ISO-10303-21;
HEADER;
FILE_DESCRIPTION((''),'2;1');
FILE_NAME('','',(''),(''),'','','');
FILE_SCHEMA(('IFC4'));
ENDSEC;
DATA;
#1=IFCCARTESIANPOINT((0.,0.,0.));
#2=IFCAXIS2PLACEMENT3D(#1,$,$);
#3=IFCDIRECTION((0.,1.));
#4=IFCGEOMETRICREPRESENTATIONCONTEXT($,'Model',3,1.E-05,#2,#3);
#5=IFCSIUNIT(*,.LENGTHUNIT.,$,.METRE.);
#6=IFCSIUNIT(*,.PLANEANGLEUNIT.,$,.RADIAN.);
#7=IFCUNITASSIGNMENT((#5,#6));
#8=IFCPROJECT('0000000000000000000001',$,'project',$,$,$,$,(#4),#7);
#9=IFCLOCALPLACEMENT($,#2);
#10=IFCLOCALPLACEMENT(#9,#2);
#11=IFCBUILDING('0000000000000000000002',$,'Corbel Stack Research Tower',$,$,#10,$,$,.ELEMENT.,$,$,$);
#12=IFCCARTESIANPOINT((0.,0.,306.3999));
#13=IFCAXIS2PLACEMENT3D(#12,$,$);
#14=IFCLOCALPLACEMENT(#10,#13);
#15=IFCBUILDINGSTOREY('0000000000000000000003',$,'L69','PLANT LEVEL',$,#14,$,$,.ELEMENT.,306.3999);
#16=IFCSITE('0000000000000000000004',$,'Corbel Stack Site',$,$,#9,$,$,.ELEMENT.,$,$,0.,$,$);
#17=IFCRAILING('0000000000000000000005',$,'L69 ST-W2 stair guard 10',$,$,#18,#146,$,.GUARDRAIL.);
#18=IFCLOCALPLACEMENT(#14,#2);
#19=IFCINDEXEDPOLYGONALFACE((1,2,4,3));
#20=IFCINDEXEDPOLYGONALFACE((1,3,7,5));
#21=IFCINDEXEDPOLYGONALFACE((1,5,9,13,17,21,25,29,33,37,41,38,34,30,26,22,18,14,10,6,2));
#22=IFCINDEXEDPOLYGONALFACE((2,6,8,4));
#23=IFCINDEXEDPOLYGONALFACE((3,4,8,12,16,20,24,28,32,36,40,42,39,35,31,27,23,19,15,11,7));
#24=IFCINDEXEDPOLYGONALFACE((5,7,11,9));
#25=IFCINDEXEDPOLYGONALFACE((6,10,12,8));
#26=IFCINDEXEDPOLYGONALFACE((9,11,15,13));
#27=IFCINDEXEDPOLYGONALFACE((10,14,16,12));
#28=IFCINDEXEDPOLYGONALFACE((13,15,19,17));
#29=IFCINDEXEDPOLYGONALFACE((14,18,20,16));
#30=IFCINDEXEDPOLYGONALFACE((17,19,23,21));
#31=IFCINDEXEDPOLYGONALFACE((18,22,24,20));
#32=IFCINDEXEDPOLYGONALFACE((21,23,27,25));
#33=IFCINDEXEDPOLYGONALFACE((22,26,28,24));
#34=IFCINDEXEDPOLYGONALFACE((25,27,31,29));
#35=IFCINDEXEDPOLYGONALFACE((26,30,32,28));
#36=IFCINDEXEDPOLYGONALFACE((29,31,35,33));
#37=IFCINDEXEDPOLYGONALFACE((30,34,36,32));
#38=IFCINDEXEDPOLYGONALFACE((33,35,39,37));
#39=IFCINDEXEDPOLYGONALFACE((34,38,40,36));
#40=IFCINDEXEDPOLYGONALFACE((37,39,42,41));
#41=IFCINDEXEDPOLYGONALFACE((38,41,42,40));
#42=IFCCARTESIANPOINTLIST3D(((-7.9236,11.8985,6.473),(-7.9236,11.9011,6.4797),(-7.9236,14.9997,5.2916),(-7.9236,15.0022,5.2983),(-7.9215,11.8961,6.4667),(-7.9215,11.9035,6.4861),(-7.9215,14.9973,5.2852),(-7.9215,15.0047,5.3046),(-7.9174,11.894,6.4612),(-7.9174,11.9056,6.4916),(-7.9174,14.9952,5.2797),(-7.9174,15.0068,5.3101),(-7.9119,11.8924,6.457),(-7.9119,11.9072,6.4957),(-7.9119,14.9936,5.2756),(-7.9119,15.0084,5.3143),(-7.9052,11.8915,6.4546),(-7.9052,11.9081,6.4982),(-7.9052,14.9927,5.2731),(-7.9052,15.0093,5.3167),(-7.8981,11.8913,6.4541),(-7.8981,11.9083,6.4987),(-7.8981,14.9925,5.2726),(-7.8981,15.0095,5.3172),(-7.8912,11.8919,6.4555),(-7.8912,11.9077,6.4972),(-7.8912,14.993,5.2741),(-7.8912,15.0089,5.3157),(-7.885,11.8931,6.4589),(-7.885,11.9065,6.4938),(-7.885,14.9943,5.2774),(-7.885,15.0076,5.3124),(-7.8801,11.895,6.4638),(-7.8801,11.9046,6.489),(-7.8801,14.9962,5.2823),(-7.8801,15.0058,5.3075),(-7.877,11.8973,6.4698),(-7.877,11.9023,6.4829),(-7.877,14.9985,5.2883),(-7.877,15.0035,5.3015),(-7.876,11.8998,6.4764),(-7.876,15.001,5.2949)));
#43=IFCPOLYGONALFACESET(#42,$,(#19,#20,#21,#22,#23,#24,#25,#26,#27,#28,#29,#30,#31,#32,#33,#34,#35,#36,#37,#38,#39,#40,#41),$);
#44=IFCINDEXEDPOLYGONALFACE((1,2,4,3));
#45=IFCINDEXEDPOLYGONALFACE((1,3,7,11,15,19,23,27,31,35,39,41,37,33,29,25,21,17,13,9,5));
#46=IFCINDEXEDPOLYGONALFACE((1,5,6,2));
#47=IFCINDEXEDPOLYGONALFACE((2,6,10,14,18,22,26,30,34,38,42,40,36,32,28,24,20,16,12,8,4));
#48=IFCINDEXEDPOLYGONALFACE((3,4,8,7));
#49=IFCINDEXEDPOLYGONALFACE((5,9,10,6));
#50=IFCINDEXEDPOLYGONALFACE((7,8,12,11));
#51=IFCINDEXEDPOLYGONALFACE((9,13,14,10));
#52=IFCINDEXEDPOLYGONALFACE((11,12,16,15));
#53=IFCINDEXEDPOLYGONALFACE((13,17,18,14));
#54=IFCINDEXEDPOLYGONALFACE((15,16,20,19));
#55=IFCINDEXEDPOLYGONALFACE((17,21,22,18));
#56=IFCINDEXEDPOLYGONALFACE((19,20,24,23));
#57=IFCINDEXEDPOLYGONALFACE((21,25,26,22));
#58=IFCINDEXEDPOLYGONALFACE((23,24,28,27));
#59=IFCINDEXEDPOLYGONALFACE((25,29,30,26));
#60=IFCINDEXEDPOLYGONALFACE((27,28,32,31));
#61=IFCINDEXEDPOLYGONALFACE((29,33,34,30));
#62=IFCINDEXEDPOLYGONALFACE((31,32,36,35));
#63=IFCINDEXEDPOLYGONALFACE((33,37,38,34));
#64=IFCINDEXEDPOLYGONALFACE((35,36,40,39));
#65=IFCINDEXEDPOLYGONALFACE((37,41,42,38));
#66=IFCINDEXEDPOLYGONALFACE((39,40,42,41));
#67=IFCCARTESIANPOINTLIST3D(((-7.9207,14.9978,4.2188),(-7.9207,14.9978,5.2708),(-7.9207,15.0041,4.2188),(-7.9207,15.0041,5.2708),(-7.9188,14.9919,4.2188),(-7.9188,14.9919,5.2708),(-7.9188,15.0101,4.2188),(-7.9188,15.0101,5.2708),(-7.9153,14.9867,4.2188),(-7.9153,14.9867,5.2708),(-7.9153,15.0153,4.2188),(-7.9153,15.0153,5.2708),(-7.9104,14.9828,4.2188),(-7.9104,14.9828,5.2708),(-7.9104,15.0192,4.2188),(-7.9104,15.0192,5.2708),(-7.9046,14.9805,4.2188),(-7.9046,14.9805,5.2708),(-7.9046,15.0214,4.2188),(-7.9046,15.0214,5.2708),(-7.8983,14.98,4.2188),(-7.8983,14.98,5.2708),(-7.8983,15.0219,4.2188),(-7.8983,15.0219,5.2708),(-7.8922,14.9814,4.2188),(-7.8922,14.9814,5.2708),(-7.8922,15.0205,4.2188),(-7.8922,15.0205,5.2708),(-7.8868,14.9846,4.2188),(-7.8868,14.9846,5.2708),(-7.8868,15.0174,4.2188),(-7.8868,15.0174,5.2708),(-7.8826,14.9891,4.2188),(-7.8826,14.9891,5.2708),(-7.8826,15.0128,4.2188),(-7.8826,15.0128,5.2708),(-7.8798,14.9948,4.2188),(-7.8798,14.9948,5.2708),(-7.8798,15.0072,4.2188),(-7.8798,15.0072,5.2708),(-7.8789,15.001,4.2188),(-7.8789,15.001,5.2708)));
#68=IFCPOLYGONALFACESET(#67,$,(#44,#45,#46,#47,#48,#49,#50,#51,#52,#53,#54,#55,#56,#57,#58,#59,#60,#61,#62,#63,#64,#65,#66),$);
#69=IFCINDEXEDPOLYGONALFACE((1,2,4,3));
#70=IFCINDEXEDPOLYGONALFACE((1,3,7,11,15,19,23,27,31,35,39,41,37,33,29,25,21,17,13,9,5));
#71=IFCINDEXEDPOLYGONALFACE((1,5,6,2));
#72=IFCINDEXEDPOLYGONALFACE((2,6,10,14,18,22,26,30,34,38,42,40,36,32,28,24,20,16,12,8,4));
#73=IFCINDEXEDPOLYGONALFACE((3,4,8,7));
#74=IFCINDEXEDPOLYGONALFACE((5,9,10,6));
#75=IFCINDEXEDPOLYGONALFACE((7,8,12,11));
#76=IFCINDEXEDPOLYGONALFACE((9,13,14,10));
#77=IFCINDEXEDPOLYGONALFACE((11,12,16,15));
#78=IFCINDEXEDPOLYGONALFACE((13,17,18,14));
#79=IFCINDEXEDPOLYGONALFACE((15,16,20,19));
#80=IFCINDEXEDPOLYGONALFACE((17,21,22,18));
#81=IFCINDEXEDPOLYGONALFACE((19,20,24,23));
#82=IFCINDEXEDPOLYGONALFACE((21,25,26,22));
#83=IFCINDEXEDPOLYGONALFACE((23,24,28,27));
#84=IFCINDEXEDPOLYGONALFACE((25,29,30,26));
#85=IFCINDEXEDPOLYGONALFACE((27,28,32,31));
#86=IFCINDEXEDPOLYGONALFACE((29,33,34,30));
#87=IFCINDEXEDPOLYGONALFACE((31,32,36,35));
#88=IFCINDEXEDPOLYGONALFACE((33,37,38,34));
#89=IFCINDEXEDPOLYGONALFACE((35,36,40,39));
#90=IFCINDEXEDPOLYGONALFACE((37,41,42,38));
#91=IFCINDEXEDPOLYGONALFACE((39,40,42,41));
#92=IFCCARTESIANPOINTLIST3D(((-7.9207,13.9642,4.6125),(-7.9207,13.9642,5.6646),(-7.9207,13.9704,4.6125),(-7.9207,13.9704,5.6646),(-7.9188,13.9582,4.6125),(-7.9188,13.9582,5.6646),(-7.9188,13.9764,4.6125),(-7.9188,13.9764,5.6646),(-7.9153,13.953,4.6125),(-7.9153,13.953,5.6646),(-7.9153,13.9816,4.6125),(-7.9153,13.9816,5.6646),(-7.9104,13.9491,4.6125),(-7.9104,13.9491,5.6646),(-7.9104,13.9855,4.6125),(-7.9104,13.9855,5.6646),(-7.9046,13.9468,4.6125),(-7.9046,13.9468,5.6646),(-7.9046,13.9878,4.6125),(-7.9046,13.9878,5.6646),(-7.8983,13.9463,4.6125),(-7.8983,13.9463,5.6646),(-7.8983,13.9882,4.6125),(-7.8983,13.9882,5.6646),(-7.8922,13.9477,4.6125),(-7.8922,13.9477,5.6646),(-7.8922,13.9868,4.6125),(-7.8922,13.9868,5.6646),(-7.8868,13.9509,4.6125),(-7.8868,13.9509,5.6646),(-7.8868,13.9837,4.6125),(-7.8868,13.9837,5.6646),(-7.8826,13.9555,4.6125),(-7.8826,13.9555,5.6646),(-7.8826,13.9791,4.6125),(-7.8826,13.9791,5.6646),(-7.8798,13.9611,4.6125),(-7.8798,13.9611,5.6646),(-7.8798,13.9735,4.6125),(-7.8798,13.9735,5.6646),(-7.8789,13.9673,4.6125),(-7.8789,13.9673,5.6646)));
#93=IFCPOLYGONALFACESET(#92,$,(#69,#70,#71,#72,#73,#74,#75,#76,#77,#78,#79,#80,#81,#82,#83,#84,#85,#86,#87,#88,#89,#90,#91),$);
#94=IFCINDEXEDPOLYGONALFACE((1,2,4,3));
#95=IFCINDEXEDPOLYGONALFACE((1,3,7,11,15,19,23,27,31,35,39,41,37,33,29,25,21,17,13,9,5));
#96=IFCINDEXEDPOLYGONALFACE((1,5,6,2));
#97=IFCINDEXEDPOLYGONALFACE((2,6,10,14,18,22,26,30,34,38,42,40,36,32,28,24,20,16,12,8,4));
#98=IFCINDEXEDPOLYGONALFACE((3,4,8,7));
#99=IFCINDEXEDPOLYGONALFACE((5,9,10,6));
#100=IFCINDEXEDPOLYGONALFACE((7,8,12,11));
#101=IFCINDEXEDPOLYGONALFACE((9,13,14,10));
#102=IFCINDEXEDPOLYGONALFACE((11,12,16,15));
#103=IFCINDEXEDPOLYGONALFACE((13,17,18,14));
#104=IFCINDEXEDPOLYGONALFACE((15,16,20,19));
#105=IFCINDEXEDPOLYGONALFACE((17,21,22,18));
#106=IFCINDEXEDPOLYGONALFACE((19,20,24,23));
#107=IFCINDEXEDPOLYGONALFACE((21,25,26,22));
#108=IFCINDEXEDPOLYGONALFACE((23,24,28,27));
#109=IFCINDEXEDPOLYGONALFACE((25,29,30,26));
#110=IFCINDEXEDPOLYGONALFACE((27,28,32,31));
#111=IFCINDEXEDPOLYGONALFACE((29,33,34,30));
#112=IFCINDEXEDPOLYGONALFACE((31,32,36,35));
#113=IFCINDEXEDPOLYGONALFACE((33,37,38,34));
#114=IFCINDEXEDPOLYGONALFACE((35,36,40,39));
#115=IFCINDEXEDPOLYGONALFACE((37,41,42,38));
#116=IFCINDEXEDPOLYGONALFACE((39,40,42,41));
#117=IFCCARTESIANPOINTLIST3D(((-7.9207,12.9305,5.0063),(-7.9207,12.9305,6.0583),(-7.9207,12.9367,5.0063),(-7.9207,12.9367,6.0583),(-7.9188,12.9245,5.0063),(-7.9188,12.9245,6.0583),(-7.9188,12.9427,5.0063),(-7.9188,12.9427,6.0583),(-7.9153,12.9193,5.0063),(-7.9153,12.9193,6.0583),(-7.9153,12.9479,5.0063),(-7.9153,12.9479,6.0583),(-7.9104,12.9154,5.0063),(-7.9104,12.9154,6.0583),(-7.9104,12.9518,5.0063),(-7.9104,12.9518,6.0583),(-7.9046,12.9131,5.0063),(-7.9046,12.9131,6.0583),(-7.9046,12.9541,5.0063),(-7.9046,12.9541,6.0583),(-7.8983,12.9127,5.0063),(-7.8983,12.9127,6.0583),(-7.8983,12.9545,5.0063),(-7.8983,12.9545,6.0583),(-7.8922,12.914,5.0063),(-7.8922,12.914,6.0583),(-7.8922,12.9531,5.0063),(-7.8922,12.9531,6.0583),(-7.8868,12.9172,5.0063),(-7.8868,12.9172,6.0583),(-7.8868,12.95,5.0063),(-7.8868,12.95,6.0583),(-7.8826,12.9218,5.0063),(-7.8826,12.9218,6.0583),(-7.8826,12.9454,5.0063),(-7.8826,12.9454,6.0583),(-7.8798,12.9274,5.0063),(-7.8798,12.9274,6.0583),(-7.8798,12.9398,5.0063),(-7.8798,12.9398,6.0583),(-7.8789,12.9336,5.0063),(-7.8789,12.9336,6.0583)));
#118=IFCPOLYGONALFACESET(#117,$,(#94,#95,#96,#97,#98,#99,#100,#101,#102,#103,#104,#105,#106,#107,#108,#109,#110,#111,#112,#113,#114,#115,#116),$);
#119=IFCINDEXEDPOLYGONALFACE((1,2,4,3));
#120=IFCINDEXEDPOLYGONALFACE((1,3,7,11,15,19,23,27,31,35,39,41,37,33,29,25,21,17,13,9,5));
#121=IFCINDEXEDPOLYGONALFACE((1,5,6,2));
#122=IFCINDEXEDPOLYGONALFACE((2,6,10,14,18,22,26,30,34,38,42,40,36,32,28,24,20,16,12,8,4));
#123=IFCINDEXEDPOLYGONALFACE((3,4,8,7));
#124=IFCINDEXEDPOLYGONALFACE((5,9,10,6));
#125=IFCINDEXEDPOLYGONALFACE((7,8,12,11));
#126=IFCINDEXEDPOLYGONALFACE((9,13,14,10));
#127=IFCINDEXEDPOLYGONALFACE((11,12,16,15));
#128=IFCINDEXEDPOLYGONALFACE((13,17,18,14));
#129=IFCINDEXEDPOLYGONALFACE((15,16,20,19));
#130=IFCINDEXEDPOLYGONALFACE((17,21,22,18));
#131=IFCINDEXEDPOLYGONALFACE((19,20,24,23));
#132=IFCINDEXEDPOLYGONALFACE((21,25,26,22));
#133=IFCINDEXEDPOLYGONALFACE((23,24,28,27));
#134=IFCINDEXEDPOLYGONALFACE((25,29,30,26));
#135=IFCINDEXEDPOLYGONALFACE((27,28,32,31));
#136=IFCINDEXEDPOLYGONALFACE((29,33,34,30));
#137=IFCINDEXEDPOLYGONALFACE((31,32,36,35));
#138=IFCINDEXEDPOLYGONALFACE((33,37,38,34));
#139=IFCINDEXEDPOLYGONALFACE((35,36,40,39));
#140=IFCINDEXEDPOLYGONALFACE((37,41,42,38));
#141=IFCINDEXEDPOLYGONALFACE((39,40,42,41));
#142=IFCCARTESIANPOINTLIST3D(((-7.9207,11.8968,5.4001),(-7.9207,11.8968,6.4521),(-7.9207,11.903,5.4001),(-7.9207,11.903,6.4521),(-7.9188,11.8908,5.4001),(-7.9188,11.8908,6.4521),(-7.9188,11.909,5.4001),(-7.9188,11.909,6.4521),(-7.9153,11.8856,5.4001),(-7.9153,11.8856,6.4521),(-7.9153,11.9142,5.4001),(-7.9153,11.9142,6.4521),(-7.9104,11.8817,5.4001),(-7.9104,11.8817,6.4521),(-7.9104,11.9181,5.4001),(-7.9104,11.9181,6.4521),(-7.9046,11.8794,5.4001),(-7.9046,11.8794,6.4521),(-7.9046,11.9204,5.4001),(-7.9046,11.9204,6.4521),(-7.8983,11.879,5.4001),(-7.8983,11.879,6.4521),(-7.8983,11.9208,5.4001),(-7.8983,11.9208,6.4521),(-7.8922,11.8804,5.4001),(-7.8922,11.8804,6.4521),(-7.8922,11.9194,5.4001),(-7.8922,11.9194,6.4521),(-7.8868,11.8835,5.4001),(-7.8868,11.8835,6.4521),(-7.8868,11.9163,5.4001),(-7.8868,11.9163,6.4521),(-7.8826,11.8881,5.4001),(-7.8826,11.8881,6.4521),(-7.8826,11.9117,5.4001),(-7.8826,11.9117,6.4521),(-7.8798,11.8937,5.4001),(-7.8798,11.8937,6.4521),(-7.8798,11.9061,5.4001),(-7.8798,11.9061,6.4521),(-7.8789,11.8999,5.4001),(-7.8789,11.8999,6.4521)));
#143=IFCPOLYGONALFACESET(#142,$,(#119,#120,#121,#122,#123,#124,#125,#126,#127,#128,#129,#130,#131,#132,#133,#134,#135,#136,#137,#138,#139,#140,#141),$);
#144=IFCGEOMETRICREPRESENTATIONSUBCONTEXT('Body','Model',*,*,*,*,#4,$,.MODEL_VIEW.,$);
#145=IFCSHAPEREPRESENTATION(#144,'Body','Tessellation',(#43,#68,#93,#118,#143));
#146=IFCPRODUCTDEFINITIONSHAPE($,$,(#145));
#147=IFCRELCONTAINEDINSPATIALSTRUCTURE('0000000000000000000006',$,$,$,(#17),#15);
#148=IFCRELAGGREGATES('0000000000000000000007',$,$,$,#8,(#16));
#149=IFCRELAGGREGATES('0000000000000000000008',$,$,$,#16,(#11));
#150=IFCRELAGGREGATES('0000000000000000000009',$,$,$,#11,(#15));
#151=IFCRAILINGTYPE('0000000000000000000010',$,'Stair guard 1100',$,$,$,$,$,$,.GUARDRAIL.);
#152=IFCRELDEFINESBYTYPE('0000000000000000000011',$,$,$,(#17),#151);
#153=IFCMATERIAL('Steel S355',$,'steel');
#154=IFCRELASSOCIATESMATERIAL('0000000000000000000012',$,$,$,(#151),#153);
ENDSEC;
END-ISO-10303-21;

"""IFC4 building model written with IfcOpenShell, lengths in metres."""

from ifc_helpers import new_model, si_unit, direction, frame, origin, origin_2d, place, context, subcontext, project, spatial, circle, extrude, material, type_object, element, save


model = new_model("IFC4")

# Units and contexts
model_context = context("Model", 3, precision=1e-05, world=origin(), true_north=direction((0.0, 1.0)))
body_context = subcontext(model_context, "Body", "Model", "MODEL_VIEW")
ifc_project = project(units=[si_unit("LENGTHUNIT", "METRE"), si_unit("PLANEANGLEUNIT", "RADIAN")], contexts=[model_context])

# Site, building, storey
site_placement = place(None, origin())
site = spatial("IfcSite", under=ifc_project, at=site_placement, Name="Corbel Stack Site", CompositionType="ELEMENT", RefElevation=0.0)
building_placement = place(site_placement, origin())
building = spatial("IfcBuilding", under=site, at=building_placement, Name="Corbel Stack Research Tower", CompositionType="ELEMENT")
storey_placement = place(building_placement, frame((0.0, 0.0, 306.3999)))
storey = spatial("IfcBuildingStorey", under=building, at=storey_placement, Name="L69", Description="PLANT LEVEL", CompositionType="ELEMENT", Elevation=306.3999)

# Railing
ifc_material_1 = material(Name="Steel S355", Category="steel")
railing_type_1 = type_object("IfcRailingType", Name="Stair guard 1100", PredefinedType="GUARDRAIL", material=ifc_material_1)
railing_1_placement = place(storey_placement, frame((-7.8999, 15.001, 4.2188)))
element("IfcRailing", 1, at=railing_1_placement, inside=storey, type_object=railing_type_1, Name="L69 ST-W2 stair guard 10", PredefinedType="GUARDRAIL", context=body_context, shape_type="SweptSolid", body=[
    extrude(circle(Radius=0.0239, at=origin_2d()), frame((0.0, 0.0, 1.0762), z_axis=(0.0, -0.934484, 0.356005), x_axis=(1.0, 0.0, 0.0)), (0.0, 0.0, 1.0), 3.3186),
    extrude(circle(Radius=0.021, at=origin_2d()), origin(), (0.0, 0.0, 1.0), 1.052),
    extrude(circle(Radius=0.021, at=origin_2d()), frame((0.0, -1.0337, 0.3938)), (0.0, 0.0, 1.0), 1.052),
    extrude(circle(Radius=0.021, at=origin_2d()), frame((0.0, -2.0674, 0.7876)), (0.0, 0.0, 1.0), 1.052),
    extrude(circle(Radius=0.021, at=origin_2d()), frame((0.0, -3.1011, 1.1814)), (0.0, 0.0, 1.0), 1.052),
])

save(model, "model.ifc")
